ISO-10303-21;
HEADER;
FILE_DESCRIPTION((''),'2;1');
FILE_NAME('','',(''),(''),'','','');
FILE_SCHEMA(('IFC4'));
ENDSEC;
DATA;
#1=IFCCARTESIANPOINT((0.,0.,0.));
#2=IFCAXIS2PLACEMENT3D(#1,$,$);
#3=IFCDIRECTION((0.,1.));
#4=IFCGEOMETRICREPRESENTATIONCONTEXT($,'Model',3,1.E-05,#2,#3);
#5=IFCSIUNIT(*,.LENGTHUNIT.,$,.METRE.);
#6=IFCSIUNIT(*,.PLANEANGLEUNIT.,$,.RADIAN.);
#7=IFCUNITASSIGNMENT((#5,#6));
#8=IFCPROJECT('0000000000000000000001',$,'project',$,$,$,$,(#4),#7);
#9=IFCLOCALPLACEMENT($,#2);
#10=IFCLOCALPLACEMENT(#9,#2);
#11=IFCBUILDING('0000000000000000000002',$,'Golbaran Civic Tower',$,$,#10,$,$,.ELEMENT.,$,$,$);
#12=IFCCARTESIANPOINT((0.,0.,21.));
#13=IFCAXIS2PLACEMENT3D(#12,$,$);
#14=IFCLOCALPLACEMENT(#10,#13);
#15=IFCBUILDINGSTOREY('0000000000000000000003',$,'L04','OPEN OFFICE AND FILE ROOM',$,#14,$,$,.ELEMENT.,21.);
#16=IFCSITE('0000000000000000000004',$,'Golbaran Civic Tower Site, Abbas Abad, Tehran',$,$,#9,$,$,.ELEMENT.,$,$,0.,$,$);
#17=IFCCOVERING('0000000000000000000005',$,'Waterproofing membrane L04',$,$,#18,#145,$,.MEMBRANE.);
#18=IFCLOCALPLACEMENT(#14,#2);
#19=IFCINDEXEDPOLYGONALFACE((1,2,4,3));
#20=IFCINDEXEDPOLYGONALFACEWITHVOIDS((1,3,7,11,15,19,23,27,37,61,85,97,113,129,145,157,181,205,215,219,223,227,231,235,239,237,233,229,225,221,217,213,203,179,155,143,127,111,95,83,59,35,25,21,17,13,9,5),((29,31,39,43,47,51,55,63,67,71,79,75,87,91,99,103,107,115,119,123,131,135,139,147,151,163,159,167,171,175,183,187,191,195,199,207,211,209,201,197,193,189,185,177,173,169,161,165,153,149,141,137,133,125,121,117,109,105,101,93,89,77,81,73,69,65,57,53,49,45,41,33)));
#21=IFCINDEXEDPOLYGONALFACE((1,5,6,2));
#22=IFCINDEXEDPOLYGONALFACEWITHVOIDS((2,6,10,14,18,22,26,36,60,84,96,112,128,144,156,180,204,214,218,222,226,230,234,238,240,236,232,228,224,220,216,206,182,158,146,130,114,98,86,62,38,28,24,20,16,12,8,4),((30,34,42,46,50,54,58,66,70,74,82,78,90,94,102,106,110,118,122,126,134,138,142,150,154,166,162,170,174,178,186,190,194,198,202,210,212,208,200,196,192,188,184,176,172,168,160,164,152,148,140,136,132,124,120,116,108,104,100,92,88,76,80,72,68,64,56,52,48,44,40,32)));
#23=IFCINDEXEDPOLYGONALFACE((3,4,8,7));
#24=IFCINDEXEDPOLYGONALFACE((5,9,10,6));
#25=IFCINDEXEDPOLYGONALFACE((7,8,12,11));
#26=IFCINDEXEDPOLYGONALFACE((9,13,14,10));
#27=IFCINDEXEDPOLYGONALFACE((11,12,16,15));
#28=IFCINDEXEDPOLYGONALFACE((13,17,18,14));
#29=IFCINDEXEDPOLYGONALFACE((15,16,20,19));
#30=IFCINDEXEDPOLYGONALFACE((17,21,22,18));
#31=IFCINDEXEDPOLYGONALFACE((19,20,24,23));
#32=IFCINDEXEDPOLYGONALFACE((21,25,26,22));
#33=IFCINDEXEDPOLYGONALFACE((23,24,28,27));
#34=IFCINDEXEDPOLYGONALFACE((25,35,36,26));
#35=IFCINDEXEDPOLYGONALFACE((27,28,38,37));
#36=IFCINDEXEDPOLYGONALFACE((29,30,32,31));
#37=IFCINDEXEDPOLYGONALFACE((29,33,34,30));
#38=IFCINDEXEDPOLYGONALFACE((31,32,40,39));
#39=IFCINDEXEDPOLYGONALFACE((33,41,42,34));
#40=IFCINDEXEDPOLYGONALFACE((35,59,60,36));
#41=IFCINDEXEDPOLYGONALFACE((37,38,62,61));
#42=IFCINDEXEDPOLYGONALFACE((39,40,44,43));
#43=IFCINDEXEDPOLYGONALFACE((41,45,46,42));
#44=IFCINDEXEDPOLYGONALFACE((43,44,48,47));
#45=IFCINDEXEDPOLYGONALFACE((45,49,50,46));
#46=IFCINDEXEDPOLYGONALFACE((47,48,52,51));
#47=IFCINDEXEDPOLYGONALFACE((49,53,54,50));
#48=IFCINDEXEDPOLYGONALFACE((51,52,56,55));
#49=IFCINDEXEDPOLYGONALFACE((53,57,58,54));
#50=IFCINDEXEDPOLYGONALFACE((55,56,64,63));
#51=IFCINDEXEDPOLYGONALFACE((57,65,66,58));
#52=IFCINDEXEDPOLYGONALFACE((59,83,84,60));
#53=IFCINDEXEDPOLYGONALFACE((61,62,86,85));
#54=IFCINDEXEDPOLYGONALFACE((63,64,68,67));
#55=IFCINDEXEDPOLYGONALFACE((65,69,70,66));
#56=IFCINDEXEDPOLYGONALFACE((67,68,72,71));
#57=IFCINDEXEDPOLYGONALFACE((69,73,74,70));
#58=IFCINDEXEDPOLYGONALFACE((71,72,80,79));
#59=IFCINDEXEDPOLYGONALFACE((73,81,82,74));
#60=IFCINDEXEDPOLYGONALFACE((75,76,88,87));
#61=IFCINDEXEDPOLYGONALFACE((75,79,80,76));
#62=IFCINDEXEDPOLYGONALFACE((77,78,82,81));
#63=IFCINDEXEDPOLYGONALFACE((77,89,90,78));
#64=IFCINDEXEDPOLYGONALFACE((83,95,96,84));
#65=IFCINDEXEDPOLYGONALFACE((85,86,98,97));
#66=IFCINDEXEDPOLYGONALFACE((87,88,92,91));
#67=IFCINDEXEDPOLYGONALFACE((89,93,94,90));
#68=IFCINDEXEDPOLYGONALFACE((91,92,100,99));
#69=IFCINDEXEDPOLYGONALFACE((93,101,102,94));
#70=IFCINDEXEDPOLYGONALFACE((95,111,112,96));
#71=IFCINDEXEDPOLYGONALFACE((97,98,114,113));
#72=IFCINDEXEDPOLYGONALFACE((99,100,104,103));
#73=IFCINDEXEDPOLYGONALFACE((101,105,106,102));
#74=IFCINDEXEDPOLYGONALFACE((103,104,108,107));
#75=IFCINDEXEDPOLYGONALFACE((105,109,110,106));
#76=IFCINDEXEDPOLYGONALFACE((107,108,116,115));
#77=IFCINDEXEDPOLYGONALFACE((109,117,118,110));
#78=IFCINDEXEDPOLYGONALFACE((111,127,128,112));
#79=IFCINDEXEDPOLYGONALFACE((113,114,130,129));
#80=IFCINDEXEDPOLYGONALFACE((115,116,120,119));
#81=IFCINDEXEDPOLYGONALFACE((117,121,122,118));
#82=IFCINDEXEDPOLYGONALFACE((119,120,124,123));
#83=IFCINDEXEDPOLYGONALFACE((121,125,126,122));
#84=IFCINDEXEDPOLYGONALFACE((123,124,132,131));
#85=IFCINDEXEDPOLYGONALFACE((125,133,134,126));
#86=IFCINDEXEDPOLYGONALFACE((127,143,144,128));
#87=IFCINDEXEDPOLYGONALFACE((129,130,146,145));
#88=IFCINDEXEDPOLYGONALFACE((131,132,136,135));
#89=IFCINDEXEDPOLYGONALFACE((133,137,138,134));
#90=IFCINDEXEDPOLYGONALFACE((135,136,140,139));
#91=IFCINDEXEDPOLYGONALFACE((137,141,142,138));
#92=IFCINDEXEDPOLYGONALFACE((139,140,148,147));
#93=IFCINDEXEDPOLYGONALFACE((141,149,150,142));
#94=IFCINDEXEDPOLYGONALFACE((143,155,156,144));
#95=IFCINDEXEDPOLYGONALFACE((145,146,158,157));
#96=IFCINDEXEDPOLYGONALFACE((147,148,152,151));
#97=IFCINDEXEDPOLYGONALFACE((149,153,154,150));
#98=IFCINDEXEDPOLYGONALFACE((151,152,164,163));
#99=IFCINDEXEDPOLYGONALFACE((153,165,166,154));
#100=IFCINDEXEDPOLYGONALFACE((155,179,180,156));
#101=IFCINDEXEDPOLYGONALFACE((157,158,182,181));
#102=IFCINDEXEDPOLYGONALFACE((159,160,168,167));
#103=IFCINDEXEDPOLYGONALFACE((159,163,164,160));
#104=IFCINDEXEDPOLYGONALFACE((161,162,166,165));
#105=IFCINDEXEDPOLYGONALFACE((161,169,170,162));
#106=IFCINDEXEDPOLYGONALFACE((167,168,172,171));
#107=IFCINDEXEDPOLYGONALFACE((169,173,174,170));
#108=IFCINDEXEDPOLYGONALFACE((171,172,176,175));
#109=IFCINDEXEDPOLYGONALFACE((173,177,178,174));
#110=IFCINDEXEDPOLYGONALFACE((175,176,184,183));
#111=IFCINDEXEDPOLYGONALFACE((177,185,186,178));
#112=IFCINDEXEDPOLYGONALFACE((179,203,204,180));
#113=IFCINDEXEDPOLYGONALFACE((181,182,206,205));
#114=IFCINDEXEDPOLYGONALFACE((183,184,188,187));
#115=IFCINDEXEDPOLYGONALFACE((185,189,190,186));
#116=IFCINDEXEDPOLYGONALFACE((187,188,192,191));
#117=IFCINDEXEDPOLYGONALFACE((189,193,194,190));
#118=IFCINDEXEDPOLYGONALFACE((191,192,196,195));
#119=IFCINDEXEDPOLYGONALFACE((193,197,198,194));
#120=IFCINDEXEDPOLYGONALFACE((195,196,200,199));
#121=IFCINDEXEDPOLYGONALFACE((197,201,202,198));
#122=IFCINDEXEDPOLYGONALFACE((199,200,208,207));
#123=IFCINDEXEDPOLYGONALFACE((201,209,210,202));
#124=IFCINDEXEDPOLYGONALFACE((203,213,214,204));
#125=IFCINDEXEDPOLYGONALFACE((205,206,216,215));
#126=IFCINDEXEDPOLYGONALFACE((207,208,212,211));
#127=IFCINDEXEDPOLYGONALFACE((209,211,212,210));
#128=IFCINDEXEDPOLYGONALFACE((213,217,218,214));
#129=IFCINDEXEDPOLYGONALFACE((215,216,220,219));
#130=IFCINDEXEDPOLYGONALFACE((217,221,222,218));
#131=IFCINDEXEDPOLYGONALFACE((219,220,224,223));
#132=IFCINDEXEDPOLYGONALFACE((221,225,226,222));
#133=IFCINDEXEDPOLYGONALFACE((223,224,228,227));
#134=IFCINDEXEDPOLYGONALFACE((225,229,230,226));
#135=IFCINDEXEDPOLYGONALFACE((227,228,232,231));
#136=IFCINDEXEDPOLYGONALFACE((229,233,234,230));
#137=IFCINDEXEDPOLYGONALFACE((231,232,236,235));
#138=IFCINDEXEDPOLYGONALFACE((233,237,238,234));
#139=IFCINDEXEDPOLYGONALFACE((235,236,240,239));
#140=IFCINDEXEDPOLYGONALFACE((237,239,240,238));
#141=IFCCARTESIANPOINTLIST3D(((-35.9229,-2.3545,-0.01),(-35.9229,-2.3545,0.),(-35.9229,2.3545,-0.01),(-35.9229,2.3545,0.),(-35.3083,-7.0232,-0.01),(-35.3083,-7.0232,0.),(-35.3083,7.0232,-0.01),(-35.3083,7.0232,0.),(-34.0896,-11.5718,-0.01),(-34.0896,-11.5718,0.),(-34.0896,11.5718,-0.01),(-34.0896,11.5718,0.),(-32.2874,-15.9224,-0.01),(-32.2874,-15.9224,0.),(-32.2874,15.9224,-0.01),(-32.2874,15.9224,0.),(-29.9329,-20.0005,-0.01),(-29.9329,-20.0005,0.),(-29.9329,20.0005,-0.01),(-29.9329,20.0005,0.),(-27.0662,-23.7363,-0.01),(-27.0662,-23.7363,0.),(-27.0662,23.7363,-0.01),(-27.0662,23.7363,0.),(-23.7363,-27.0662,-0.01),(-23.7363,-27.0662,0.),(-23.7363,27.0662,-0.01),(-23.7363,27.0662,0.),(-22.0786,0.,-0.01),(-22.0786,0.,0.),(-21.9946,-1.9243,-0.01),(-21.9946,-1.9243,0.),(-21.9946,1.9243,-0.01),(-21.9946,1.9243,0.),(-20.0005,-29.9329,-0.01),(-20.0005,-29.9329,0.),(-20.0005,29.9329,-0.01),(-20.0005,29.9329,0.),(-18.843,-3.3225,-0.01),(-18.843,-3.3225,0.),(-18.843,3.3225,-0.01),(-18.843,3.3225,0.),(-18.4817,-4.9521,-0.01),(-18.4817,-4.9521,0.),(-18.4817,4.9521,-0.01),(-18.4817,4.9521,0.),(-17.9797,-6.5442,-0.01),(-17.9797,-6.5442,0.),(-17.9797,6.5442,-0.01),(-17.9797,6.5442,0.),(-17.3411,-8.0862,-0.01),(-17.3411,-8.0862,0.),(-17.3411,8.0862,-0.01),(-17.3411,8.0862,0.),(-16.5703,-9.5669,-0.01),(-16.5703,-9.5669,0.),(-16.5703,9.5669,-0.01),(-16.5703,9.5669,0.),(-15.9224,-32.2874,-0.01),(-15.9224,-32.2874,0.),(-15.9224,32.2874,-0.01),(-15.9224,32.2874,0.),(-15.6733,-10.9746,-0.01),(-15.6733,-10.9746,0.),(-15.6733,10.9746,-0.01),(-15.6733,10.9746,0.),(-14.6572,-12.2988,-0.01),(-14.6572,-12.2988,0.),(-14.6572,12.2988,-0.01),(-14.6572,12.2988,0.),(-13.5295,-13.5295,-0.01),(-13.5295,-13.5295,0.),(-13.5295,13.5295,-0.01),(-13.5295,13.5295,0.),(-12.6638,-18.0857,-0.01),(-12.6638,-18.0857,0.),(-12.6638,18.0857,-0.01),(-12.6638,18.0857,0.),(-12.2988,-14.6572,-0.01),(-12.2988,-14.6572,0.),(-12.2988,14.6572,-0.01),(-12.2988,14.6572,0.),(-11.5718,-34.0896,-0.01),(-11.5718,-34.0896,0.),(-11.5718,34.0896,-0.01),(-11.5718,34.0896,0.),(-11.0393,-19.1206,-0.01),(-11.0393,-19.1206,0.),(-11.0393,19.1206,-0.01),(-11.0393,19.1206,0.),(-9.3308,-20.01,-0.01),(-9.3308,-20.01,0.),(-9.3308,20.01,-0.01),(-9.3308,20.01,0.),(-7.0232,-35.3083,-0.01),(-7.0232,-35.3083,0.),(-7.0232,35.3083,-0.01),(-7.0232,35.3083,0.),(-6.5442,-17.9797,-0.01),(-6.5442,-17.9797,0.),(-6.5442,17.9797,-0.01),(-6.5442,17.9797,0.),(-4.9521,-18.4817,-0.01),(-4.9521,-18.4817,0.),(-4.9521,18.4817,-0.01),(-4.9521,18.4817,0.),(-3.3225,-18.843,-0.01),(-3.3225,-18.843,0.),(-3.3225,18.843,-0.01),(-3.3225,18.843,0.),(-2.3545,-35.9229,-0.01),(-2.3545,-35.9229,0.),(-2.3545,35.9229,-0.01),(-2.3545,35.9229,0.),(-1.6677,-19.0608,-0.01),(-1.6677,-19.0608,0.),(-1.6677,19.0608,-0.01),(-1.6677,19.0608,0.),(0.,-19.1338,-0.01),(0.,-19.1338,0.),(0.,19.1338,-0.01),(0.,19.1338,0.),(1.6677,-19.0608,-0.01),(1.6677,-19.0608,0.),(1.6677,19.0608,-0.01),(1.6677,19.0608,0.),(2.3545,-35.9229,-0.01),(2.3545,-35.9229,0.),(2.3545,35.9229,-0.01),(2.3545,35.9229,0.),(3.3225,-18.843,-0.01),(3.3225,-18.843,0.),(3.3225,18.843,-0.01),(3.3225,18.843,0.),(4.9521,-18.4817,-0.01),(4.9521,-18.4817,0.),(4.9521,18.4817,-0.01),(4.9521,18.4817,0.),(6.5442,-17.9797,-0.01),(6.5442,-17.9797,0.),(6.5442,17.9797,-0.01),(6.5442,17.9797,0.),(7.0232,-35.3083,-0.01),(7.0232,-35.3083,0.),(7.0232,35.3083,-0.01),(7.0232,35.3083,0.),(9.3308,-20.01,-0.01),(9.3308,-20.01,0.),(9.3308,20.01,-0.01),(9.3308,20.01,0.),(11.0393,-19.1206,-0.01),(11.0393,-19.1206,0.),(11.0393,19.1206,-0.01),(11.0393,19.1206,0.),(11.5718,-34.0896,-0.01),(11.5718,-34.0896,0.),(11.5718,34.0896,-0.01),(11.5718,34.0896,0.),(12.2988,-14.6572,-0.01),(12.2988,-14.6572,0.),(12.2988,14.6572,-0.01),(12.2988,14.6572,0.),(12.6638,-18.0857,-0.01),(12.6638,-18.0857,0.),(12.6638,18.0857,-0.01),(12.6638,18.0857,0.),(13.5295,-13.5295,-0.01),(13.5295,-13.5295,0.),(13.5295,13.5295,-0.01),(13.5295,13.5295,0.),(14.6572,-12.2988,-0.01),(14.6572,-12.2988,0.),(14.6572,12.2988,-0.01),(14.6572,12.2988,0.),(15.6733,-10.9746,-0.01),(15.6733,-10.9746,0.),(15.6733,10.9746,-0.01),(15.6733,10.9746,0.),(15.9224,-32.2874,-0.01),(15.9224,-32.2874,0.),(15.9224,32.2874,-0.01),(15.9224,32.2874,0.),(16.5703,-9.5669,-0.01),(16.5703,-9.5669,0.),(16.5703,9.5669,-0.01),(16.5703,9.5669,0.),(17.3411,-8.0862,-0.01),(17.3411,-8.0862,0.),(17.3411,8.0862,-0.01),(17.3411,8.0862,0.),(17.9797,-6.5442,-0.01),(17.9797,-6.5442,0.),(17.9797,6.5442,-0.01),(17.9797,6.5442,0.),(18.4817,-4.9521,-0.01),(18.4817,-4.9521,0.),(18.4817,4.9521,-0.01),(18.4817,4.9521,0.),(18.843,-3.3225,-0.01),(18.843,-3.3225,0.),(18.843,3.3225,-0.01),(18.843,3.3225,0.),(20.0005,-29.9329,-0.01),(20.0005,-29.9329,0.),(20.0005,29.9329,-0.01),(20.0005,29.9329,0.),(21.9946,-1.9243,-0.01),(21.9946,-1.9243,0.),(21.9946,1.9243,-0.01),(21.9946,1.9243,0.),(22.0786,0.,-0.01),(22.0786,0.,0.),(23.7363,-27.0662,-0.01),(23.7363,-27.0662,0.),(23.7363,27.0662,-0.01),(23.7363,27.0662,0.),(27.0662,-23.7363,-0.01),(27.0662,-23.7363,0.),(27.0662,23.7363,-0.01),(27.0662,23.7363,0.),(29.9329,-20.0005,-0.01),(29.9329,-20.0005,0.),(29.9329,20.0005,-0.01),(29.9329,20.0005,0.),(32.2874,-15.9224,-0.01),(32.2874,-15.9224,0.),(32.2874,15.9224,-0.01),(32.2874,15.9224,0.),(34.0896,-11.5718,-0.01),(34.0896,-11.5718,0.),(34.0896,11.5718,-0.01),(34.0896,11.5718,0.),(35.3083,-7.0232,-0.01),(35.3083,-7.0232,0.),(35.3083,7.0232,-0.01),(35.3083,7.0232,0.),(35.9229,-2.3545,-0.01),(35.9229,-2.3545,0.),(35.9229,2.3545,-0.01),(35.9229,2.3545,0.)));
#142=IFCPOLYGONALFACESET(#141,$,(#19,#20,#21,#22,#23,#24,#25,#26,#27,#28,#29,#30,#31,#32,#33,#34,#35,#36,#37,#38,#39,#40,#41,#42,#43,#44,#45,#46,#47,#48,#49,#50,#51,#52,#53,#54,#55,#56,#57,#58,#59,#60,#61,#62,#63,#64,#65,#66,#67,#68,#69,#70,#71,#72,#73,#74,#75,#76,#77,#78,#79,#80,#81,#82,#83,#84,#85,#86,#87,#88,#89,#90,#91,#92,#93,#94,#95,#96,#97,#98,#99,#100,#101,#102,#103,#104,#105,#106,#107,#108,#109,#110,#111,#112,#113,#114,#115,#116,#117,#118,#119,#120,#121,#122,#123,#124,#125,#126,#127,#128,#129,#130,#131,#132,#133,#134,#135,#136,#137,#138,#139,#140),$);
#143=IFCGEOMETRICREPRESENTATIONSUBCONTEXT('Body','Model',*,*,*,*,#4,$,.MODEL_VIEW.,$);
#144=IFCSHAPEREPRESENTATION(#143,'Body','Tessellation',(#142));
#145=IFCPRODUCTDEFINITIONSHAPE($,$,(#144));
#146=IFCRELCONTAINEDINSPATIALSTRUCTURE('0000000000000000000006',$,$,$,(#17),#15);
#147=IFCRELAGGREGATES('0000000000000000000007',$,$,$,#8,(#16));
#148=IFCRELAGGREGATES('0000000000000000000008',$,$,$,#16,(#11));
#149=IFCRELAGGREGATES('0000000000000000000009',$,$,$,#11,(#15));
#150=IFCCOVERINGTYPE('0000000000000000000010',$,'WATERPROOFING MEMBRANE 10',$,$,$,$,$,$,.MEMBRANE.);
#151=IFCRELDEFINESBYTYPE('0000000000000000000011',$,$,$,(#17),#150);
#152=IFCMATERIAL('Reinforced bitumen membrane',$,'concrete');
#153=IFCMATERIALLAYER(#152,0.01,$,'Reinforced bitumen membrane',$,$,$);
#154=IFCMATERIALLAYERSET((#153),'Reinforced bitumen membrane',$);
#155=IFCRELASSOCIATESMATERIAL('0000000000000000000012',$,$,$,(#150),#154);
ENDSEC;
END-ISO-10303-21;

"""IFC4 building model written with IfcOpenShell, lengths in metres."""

from ifc_helpers import new_model, si_unit, direction, frame, origin, place, context, subcontext, project, spatial, polyline, outline, extrude, material, layer, layer_set, type_object, element, save


model = new_model("IFC4")

# Units and contexts
model_context = context("Model", 3, precision=1e-05, world=origin(), true_north=direction((0.0, 1.0)))
body_context = subcontext(model_context, "Body", "Model", "MODEL_VIEW")
ifc_project = project(units=[si_unit("LENGTHUNIT", "METRE"), si_unit("PLANEANGLEUNIT", "RADIAN")], contexts=[model_context])

# Site, building, storey
site_placement = place(None, origin())
site = spatial("IfcSite", under=ifc_project, at=site_placement, Name="Golbaran Civic Tower Site, Abbas Abad, Tehran", CompositionType="ELEMENT", RefElevation=0.0)
building_placement = place(site_placement, origin())
building = spatial("IfcBuilding", under=site, at=building_placement, Name="Golbaran Civic Tower", CompositionType="ELEMENT")
storey_placement = place(building_placement, frame((0.0, 0.0, 21.0)))
storey = spatial("IfcBuildingStorey", under=building, at=storey_placement, Name="L04", Description="OPEN OFFICE AND FILE ROOM", CompositionType="ELEMENT", Elevation=21.0)

# Covering
ifc_material_1 = material(Name="Reinforced bitumen membrane", Category="concrete")
ifc_layer_1 = layer(ifc_material_1, 0.01, Name="Reinforced bitumen membrane")
ifc_layer_set_1 = layer_set([ifc_layer_1], Name="Reinforced bitumen membrane")
covering_type_1 = type_object("IfcCoveringType", Name="WATERPROOFING MEMBRANE 10", PredefinedType="MEMBRANE", material=ifc_layer_set_1)
covering_1_placement = place(storey_placement, frame((0.0, 0.0, -0.01)))
element("IfcCovering", 1, at=covering_1_placement, inside=storey, type_object=covering_type_1, Name="Waterproofing membrane L04", PredefinedType="MEMBRANE", context=body_context, shape_type="SweptSolid", body=[
    extrude(outline(polyline([(35.3083, -7.0232), (34.0896, -11.5718), (32.2874, -15.9224), (29.9329, -20.0005), (27.0662, -23.7363), (23.7363, -27.0662), (20.0005, -29.9329), (15.9224, -32.2874), (11.5718, -34.0896), (7.0232, -35.3083), (2.3545, -35.9229), (-2.3545, -35.9229), (-7.0232, -35.3083), (-11.5718, -34.0896), (-15.9224, -32.2874), (-20.0005, -29.9329), (-23.7363, -27.0662), (-27.0662, -23.7363), (-29.9329, -20.0005), (-32.2874, -15.9224), (-34.0896, -11.5718), (-35.3083, -7.0232), (-35.9229, -2.3545), (-35.9229, 2.3545), (-35.3083, 7.0232), (-34.0896, 11.5718), (-32.2874, 15.9224), (-29.9329, 20.0005), (-27.0662, 23.7363), (-23.7363, 27.0662), (-20.0005, 29.9329), (-15.9224, 32.2874), (-11.5718, 34.0896), (-7.0232, 35.3083), (-2.3545, 35.9229), (2.3545, 35.9229), (7.0232, 35.3083), (11.5718, 34.0896), (15.9224, 32.2874), (20.0005, 29.9329), (23.7363, 27.0662), (27.0662, 23.7363), (29.9329, 20.0005), (32.2874, 15.9224), (34.0896, 11.5718), (35.3083, 7.0232), (35.9229, 2.3545), (35.9229, -2.3545), (35.3083, -7.0232)]), holes=[polyline([(18.843, 3.3225), (18.4817, 4.9521), (17.9797, 6.5442), (17.3411, 8.0862), (16.5703, 9.5669), (15.6733, 10.9746), (14.6572, 12.2988), (13.5295, 13.5295), (12.2988, 14.6572), (12.6638, 18.0857), (11.0393, 19.1206), (9.3308, 20.01), (6.5442, 17.9797), (4.9521, 18.4817), (3.3225, 18.843), (1.6677, 19.0608), (0.0, 19.1338), (-1.6677, 19.0608), (-3.3225, 18.843), (-4.9521, 18.4817), (-6.5442, 17.9797), (-9.3308, 20.01), (-11.0393, 19.1206), (-12.6638, 18.0857), (-12.2988, 14.6572), (-13.5295, 13.5295), (-14.6572, 12.2988), (-15.6733, 10.9746), (-16.5703, 9.5669), (-17.3411, 8.0862), (-17.9797, 6.5442), (-18.4817, 4.9521), (-18.843, 3.3225), (-21.9946, 1.9243), (-22.0786, 0.0), (-21.9946, -1.9243), (-18.843, -3.3225), (-18.4817, -4.9521), (-17.9797, -6.5442), (-17.3411, -8.0862), (-16.5703, -9.5669), (-15.6733, -10.9746), (-14.6572, -12.2988), (-13.5295, -13.5295), (-12.2988, -14.6572), (-12.6638, -18.0857), (-11.0393, -19.1206), (-9.3308, -20.01), (-6.5442, -17.9797), (-4.9521, -18.4817), (-3.3225, -18.843), (-1.6677, -19.0608), (0.0, -19.1338), (1.6677, -19.0608), (3.3225, -18.843), (4.9521, -18.4817), (6.5442, -17.9797), (9.3308, -20.01), (11.0393, -19.1206), (12.6638, -18.0857), (12.2988, -14.6572), (13.5295, -13.5295), (14.6572, -12.2988), (15.6733, -10.9746), (16.5703, -9.5669), (17.3411, -8.0862), (17.9797, -6.5442), (18.4817, -4.9521), (18.843, -3.3225), (21.9946, -1.9243), (22.0786, 0.0), (21.9946, 1.9243), (18.843, 3.3225)])]), origin(), (0.0, 0.0, 1.0), 0.01),
])

save(model, "model.ifc")
